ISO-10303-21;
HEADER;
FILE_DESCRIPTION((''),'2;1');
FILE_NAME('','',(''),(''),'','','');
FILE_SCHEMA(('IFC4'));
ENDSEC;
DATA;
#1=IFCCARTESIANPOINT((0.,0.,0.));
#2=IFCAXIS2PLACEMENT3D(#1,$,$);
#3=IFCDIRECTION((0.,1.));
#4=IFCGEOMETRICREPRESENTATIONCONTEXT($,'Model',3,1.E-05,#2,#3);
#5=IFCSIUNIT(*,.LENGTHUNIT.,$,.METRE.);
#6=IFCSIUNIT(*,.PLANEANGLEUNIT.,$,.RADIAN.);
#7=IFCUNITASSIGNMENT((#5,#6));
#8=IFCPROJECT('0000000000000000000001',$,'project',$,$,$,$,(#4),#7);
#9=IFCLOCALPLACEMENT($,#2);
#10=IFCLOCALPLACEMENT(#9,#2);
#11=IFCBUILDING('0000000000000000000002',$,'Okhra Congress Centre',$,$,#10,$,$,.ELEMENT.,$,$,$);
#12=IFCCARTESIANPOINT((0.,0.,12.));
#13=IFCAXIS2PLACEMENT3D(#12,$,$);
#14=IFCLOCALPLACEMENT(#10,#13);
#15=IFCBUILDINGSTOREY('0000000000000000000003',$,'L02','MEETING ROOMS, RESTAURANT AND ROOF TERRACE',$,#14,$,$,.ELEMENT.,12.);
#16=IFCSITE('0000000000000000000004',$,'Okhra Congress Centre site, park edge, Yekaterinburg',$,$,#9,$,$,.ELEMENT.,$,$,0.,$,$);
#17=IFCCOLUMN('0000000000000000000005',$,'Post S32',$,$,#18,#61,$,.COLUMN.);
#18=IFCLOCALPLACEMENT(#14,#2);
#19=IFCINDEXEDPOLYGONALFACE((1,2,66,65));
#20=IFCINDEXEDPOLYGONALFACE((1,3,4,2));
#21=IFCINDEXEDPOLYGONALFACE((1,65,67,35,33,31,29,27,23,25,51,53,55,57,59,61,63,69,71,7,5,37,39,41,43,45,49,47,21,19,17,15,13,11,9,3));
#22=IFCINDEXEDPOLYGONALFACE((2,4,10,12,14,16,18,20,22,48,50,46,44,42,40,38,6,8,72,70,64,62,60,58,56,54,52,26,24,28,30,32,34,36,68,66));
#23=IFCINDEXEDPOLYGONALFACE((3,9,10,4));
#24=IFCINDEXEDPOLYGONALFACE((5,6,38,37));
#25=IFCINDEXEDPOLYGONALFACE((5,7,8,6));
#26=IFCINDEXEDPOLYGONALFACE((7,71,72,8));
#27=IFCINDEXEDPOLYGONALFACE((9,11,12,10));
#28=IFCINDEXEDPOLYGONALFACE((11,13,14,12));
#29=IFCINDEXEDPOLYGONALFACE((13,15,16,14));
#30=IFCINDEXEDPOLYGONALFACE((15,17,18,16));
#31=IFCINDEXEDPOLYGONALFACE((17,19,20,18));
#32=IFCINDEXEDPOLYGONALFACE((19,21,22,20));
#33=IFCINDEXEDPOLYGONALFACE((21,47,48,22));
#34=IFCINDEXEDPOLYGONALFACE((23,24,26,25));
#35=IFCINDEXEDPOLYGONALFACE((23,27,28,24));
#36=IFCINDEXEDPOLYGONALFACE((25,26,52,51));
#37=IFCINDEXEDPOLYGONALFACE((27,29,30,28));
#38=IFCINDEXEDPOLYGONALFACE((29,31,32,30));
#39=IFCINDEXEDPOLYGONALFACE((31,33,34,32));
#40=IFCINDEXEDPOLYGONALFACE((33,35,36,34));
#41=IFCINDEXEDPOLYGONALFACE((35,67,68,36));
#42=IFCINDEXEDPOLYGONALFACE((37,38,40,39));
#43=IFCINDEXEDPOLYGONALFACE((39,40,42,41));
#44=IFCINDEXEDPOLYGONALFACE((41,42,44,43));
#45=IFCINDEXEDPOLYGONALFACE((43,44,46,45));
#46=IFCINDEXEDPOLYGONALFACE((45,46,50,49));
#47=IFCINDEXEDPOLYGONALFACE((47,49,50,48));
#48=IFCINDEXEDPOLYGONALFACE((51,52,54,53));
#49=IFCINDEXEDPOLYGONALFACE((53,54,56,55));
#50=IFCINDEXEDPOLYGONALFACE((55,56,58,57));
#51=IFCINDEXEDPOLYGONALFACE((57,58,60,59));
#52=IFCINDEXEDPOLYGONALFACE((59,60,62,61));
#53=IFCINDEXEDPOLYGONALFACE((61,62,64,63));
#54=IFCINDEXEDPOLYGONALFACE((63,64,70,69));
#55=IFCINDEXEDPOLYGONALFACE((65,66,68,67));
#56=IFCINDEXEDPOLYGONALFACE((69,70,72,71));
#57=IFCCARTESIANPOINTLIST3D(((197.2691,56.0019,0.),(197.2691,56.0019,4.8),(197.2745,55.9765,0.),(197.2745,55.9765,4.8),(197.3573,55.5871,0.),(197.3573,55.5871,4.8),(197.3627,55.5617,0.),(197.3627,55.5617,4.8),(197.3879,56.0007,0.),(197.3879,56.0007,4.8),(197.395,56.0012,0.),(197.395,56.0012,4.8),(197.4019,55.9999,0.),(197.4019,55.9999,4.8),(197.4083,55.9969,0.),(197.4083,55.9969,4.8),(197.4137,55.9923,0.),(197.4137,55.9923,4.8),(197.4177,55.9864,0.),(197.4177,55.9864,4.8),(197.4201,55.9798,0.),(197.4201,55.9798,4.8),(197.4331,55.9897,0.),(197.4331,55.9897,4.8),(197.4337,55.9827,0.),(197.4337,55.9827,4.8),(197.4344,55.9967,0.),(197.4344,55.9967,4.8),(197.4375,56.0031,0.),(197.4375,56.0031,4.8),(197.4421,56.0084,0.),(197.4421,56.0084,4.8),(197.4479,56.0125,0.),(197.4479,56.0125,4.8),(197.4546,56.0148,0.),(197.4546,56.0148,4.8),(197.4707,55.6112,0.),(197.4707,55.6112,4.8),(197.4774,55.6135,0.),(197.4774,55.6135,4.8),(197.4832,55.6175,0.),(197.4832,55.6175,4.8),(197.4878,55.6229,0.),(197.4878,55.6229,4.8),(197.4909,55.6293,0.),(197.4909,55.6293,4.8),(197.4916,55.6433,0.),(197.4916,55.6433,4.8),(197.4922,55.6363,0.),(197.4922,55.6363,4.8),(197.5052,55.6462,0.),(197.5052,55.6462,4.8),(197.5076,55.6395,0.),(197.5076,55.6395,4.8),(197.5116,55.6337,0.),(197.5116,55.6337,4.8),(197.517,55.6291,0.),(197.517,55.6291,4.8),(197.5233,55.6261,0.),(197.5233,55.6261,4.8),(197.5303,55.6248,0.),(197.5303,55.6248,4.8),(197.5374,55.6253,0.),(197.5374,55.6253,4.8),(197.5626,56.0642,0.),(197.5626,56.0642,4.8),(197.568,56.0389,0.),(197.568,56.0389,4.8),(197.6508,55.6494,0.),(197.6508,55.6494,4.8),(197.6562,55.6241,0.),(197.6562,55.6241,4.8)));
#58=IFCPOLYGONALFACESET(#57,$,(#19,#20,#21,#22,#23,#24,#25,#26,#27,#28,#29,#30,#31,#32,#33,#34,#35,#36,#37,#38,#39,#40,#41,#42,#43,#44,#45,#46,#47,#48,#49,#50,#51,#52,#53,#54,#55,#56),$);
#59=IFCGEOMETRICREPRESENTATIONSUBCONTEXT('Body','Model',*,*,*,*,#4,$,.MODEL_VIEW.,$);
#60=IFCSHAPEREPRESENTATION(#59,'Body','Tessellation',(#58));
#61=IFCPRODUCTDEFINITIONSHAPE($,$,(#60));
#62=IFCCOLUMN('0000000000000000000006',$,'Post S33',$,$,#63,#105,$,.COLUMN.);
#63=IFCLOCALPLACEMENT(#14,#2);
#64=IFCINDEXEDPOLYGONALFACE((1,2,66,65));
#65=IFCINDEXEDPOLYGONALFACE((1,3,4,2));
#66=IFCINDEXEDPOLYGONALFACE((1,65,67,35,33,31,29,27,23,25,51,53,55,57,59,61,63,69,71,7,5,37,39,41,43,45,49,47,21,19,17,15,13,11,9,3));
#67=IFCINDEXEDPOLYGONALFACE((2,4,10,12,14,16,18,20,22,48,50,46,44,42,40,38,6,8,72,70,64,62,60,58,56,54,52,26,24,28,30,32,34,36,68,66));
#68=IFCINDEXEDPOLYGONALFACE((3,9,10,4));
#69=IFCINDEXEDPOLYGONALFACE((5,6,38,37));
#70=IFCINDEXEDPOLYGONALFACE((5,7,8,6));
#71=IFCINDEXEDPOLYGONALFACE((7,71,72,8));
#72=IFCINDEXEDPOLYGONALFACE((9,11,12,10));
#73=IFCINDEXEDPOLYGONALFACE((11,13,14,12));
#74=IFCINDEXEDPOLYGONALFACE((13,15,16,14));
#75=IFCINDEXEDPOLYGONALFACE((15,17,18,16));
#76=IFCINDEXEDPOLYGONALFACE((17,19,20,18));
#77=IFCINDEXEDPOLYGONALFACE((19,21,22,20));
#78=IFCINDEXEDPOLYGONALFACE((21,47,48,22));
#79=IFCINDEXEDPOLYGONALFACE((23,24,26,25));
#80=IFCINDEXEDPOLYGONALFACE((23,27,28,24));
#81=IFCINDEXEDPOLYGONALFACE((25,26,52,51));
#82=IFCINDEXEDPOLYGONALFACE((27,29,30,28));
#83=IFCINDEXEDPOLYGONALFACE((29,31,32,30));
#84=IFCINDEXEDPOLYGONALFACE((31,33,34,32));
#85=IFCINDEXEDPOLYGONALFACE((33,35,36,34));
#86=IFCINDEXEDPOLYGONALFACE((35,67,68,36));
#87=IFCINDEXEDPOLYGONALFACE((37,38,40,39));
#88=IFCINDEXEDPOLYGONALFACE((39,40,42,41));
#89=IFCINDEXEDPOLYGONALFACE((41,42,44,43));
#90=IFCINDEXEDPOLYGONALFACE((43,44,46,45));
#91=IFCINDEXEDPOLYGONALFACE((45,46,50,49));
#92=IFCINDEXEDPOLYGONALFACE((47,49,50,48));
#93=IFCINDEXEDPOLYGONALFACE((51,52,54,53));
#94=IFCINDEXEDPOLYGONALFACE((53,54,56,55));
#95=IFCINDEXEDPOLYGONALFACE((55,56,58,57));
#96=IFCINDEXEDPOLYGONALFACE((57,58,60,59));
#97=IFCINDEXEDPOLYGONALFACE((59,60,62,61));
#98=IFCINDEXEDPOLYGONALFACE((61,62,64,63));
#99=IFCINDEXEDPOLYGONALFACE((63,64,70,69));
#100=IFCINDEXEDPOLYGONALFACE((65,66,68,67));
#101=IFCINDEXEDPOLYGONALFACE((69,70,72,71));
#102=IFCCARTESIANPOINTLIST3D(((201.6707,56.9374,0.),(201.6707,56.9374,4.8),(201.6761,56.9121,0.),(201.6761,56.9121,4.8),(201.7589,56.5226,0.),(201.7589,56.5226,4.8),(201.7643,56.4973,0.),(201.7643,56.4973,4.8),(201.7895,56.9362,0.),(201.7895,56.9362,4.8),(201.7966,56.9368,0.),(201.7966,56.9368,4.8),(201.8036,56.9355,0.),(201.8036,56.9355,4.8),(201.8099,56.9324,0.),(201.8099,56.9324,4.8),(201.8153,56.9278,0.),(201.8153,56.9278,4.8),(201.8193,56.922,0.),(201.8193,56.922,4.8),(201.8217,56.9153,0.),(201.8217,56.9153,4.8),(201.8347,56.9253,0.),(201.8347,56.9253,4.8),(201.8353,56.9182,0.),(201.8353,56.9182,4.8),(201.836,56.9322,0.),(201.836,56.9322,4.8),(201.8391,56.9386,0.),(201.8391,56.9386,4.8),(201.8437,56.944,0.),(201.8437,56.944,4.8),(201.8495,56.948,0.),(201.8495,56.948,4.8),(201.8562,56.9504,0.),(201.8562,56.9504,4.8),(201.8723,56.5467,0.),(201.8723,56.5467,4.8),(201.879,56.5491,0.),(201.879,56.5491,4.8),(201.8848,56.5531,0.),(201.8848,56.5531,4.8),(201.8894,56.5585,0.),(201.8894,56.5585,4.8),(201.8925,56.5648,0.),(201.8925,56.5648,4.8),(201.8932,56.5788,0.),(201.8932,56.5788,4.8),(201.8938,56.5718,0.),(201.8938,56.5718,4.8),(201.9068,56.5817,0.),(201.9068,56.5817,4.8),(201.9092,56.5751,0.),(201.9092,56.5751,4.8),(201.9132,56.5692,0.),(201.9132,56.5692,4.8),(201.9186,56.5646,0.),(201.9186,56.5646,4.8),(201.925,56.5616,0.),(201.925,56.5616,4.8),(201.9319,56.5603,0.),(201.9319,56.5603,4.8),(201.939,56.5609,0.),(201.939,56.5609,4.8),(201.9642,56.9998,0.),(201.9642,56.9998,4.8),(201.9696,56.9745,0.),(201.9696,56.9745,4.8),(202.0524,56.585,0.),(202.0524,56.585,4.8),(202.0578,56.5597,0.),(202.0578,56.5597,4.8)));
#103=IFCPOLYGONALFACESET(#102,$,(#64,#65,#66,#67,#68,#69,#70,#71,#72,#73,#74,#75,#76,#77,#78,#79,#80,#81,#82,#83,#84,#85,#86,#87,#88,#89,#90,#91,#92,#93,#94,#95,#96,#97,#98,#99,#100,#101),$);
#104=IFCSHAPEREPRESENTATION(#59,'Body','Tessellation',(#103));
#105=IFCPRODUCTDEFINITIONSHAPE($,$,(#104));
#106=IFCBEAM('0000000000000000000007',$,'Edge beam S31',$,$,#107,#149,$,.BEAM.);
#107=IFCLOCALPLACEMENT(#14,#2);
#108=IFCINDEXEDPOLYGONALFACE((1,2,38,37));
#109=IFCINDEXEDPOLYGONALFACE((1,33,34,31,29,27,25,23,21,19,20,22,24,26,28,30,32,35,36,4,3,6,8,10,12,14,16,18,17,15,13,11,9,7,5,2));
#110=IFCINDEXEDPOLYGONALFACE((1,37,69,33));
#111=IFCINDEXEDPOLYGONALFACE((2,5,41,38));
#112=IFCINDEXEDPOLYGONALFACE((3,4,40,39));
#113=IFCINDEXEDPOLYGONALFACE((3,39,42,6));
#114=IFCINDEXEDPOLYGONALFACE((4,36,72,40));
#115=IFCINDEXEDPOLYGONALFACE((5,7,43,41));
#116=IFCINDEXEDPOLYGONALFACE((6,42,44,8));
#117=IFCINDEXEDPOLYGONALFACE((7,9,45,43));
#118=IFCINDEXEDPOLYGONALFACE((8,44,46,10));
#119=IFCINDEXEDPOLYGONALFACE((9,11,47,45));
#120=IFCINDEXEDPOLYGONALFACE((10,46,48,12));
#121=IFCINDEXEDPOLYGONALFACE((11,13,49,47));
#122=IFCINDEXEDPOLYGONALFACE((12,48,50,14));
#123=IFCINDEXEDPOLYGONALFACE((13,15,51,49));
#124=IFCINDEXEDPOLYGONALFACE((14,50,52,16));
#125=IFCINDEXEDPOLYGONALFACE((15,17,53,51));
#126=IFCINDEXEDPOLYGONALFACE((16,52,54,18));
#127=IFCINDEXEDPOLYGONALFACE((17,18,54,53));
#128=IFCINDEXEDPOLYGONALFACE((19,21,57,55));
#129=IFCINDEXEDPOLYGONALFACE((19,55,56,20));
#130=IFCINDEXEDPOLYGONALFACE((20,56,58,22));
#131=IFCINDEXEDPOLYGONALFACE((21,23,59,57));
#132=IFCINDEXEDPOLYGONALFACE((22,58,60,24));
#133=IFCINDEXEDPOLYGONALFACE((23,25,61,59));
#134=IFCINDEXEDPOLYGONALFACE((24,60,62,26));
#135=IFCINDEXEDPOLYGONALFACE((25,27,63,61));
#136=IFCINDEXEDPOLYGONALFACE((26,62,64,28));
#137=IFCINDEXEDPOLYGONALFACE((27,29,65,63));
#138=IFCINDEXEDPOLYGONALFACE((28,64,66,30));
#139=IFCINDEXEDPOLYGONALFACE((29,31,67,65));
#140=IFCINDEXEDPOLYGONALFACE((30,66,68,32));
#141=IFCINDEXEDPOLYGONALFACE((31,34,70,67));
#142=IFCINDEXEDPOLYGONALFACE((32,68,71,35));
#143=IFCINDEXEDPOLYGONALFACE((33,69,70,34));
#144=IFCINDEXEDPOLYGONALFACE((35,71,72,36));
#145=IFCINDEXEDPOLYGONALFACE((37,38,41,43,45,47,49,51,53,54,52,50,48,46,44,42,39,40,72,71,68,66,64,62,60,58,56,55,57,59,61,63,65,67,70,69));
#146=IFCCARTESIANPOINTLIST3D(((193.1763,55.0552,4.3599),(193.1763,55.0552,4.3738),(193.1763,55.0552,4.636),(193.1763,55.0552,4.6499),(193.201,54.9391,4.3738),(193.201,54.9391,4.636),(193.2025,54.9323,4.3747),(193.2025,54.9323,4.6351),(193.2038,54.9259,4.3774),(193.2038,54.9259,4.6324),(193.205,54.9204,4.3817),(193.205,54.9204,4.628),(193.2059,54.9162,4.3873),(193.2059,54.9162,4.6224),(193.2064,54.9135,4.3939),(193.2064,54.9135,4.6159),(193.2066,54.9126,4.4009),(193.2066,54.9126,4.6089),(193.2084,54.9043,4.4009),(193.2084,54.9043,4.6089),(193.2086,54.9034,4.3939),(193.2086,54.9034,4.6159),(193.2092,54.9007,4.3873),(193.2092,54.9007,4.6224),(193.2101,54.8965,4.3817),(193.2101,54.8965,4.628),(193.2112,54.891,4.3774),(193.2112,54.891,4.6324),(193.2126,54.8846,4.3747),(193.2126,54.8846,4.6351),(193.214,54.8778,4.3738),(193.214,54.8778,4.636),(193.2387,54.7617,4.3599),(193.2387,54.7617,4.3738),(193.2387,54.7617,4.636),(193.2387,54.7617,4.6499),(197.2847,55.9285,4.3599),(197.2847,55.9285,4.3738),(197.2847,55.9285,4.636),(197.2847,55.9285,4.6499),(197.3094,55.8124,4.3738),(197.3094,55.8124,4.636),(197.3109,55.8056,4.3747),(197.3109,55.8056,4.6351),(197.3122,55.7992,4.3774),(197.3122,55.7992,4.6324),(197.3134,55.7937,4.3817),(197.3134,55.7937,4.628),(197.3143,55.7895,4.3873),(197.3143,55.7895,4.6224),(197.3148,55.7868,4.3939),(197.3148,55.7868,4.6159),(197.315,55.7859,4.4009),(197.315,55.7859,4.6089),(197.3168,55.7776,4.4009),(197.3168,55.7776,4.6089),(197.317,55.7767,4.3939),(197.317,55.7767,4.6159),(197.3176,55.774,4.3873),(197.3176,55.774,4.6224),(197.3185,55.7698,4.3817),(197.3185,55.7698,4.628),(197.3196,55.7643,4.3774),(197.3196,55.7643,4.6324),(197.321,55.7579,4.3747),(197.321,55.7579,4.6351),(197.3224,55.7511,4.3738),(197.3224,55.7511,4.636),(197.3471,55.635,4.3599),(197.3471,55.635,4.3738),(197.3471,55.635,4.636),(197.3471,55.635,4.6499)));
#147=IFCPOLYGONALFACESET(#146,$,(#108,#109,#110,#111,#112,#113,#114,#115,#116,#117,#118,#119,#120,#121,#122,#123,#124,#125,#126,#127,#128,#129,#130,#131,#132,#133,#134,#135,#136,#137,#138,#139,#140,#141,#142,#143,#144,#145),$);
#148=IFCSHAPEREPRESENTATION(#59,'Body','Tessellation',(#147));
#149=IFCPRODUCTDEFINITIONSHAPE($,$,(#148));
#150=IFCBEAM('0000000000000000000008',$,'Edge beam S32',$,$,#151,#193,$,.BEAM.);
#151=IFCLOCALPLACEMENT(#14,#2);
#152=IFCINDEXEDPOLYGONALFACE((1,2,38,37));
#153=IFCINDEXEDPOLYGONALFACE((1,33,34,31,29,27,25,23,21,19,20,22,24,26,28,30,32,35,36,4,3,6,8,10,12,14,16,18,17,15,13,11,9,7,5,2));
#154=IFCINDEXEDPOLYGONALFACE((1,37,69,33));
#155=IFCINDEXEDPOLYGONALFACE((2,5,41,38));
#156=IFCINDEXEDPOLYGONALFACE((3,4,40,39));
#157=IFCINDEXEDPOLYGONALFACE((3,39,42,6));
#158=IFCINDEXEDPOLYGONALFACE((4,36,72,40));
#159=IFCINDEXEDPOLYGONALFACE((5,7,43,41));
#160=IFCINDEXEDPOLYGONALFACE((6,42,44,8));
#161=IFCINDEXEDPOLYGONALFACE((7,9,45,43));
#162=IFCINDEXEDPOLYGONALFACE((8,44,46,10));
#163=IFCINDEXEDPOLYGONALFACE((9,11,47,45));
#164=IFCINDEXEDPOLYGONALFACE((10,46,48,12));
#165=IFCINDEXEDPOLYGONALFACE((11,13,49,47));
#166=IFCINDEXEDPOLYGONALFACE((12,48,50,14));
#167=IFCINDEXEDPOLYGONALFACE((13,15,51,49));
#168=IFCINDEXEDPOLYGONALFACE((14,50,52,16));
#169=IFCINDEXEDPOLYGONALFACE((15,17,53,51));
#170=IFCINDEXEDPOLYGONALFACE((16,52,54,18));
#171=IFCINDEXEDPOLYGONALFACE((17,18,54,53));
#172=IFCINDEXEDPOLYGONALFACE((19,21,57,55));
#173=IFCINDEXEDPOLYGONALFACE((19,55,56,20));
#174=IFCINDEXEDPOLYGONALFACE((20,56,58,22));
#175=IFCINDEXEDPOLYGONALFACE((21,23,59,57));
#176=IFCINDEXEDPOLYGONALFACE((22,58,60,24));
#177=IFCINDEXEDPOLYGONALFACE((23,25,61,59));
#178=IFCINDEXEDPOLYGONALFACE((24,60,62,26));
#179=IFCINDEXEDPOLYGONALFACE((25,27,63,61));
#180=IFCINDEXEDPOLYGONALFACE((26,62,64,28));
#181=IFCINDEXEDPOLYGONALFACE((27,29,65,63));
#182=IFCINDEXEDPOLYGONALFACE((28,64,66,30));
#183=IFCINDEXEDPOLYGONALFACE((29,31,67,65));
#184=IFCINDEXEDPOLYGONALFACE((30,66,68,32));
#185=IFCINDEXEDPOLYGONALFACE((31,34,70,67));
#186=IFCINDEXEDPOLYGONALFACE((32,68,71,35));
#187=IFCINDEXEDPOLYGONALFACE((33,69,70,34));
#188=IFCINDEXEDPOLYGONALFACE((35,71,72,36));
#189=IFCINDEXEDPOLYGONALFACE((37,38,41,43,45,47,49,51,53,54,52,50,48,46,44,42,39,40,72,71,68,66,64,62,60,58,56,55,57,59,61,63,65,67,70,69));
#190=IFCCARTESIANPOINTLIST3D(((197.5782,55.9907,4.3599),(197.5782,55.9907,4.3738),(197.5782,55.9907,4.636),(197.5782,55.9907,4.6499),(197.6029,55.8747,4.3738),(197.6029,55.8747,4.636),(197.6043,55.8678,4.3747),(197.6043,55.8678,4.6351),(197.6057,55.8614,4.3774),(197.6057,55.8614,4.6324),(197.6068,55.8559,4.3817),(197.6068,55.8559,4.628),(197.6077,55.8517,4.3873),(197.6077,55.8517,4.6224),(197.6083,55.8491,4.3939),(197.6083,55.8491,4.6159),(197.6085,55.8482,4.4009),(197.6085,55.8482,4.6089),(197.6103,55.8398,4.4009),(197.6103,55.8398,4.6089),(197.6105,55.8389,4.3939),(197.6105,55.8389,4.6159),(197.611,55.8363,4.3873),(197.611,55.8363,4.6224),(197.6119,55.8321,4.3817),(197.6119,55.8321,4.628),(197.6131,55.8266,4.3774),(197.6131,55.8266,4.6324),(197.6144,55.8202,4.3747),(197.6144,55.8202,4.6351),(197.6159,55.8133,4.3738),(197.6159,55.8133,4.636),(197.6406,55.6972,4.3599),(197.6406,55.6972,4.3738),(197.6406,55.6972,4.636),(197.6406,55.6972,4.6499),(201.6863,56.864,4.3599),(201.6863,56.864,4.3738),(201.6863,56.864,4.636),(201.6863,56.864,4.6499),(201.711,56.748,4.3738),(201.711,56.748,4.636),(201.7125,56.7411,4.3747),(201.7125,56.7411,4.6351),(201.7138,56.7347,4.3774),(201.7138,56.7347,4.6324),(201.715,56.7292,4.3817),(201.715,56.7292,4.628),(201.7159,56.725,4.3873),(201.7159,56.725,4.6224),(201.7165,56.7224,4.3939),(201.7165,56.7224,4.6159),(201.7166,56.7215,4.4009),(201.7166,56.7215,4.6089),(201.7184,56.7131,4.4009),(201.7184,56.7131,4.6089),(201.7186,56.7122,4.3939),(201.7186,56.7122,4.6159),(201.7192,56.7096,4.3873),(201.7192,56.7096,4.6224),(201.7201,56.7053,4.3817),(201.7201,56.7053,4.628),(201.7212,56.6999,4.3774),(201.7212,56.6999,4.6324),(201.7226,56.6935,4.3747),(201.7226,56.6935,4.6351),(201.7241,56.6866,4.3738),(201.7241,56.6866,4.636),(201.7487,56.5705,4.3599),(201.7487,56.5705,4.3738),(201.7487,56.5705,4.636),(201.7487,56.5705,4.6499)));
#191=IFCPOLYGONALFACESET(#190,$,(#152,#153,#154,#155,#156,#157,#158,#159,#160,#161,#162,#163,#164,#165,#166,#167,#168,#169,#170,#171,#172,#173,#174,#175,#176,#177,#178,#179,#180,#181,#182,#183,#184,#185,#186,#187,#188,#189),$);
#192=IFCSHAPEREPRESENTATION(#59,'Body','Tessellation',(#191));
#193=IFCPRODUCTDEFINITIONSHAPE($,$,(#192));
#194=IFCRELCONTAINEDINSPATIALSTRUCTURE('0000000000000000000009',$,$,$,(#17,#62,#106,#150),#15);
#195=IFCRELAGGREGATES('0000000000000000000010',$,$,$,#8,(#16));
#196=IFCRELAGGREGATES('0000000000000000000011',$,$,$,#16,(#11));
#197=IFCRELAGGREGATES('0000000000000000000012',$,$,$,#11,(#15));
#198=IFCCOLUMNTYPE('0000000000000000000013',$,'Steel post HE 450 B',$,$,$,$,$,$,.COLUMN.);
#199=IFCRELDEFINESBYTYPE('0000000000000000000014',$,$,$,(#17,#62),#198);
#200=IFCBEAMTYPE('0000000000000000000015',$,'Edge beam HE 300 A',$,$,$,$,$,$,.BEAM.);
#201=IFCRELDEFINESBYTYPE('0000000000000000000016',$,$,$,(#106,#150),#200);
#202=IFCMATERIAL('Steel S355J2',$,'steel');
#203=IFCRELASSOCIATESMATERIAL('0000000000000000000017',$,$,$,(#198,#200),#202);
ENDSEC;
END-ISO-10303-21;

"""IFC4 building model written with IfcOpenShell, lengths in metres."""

from ifc_helpers import new_model, si_unit, direction, frame, origin, origin_2d, place, context, subcontext, project, spatial, i_section, extrude, material, material_profile, profile_set, type_object, element, save


model = new_model("IFC4")

# Units and contexts
model_context = context("Model", 3, precision=1e-05, world=origin(), true_north=direction((0.0, 1.0)))
body_context = subcontext(model_context, "Body", "Model", "MODEL_VIEW")
ifc_project = project(units=[si_unit("LENGTHUNIT", "METRE"), si_unit("PLANEANGLEUNIT", "RADIAN")], contexts=[model_context])

# Site, building, storey
site_placement = place(None, origin())
site = spatial("IfcSite", under=ifc_project, at=site_placement, Name="Okhra Congress Centre site, park edge, Yekaterinburg", CompositionType="ELEMENT", RefElevation=0.0)
building_placement = place(site_placement, origin())
building = spatial("IfcBuilding", under=site, at=building_placement, Name="Okhra Congress Centre", CompositionType="ELEMENT")
storey_placement = place(building_placement, frame((0.0, 0.0, 12.0)))
storey = spatial("IfcBuildingStorey", under=building, at=storey_placement, Name="L02", Description="MEETING ROOMS, RESTAURANT AND ROOF TERRACE", CompositionType="ELEMENT", Elevation=12.0)

# Columns
ifc_material_1 = material(Name="Steel S355J2", Category="steel")
ifc_material_profile_1 = material_profile(ifc_material_1, i_section(OverallWidth=0.3, OverallDepth=0.45, WebThickness=0.0139, FlangeThickness=0.0259, FilletRadius=0.0271, at=origin_2d()), Name="HE 450 B")
ifc_profile_set_1 = profile_set([ifc_material_profile_1], Name="Steel S355J2")
column_type = type_object("IfcColumnType", Name="Steel post HE 450 B", PredefinedType="COLUMN", material=ifc_profile_set_1)
for number, where, z_axis, x_axis, name in (
    (1, (197.4626, 55.813, 0.0), (0.0, 0.0, 1.0), (0.978148, 0.207912, 0.0), "Post S32"),
    (2, (201.8643, 56.7485, 0.0), (0.0, 0.0, 1.0), (0.978148, 0.207912, 0.0), "Post S33"),
):
    element("IfcColumn", number, at=place(storey_placement, frame(where, z_axis=z_axis, x_axis=x_axis)), inside=storey, type_object=column_type, Name=name, PredefinedType="COLUMN", context=body_context, shape_type="SweptSolid", body=[
        extrude(i_section(OverallWidth=0.3, OverallDepth=0.45, WebThickness=0.0139, FlangeThickness=0.0259, FilletRadius=0.0271, at=origin_2d()), origin(), (0.0, 0.0, 1.0), 4.8),
    ])

# Beams
ifc_material_profile_2 = material_profile(ifc_material_1, i_section(OverallWidth=0.3, OverallDepth=0.29, WebThickness=0.0085, FlangeThickness=0.0139, FilletRadius=0.0271, at=origin_2d()), Name="HE 300 A")
ifc_profile_set_2 = profile_set([ifc_material_profile_2], Name="Steel S355J2")
beam_type_1 = type_object("IfcBeamType", Name="Edge beam HE 300 A", PredefinedType="BEAM", material=ifc_profile_set_2)
beam_1_placement = place(storey_placement, frame((193.2075, 54.9084, 4.5049), z_axis=(0.978146, 0.207917, 0.0), x_axis=(-0.207917, 0.978146, 0.0)))
element("IfcBeam", 3, at=beam_1_placement, inside=storey, type_object=beam_type_1, Name="Edge beam S31", PredefinedType="BEAM", context=body_context, shape_type="SweptSolid", body=[
    extrude(i_section(OverallWidth=0.3, OverallDepth=0.29, WebThickness=0.0085, FlangeThickness=0.0139, FilletRadius=0.0271, at=origin_2d()), origin(), (0.0, 0.0, 1.0), 4.2002),
])
for number, where, z_axis, x_axis, name in (
    (4, (197.6094, 55.844, 4.5049), (0.978144, 0.207929, 0.0), (-0.207929, 0.978144, 0.0), "Edge beam S32"),
):
    element("IfcBeam", number, at=place(storey_placement, frame(where, z_axis=z_axis, x_axis=x_axis)), inside=storey, type_object=beam_type_1, Name=name, PredefinedType="BEAM", context=body_context, shape_type="SweptSolid", body=[
        extrude(i_section(OverallWidth=0.3, OverallDepth=0.29, WebThickness=0.0085, FlangeThickness=0.0139, FilletRadius=0.0271, at=origin_2d()), origin(), (0.0, 0.0, 1.0), 4.2),
    ])

save(model, "model.ifc")
